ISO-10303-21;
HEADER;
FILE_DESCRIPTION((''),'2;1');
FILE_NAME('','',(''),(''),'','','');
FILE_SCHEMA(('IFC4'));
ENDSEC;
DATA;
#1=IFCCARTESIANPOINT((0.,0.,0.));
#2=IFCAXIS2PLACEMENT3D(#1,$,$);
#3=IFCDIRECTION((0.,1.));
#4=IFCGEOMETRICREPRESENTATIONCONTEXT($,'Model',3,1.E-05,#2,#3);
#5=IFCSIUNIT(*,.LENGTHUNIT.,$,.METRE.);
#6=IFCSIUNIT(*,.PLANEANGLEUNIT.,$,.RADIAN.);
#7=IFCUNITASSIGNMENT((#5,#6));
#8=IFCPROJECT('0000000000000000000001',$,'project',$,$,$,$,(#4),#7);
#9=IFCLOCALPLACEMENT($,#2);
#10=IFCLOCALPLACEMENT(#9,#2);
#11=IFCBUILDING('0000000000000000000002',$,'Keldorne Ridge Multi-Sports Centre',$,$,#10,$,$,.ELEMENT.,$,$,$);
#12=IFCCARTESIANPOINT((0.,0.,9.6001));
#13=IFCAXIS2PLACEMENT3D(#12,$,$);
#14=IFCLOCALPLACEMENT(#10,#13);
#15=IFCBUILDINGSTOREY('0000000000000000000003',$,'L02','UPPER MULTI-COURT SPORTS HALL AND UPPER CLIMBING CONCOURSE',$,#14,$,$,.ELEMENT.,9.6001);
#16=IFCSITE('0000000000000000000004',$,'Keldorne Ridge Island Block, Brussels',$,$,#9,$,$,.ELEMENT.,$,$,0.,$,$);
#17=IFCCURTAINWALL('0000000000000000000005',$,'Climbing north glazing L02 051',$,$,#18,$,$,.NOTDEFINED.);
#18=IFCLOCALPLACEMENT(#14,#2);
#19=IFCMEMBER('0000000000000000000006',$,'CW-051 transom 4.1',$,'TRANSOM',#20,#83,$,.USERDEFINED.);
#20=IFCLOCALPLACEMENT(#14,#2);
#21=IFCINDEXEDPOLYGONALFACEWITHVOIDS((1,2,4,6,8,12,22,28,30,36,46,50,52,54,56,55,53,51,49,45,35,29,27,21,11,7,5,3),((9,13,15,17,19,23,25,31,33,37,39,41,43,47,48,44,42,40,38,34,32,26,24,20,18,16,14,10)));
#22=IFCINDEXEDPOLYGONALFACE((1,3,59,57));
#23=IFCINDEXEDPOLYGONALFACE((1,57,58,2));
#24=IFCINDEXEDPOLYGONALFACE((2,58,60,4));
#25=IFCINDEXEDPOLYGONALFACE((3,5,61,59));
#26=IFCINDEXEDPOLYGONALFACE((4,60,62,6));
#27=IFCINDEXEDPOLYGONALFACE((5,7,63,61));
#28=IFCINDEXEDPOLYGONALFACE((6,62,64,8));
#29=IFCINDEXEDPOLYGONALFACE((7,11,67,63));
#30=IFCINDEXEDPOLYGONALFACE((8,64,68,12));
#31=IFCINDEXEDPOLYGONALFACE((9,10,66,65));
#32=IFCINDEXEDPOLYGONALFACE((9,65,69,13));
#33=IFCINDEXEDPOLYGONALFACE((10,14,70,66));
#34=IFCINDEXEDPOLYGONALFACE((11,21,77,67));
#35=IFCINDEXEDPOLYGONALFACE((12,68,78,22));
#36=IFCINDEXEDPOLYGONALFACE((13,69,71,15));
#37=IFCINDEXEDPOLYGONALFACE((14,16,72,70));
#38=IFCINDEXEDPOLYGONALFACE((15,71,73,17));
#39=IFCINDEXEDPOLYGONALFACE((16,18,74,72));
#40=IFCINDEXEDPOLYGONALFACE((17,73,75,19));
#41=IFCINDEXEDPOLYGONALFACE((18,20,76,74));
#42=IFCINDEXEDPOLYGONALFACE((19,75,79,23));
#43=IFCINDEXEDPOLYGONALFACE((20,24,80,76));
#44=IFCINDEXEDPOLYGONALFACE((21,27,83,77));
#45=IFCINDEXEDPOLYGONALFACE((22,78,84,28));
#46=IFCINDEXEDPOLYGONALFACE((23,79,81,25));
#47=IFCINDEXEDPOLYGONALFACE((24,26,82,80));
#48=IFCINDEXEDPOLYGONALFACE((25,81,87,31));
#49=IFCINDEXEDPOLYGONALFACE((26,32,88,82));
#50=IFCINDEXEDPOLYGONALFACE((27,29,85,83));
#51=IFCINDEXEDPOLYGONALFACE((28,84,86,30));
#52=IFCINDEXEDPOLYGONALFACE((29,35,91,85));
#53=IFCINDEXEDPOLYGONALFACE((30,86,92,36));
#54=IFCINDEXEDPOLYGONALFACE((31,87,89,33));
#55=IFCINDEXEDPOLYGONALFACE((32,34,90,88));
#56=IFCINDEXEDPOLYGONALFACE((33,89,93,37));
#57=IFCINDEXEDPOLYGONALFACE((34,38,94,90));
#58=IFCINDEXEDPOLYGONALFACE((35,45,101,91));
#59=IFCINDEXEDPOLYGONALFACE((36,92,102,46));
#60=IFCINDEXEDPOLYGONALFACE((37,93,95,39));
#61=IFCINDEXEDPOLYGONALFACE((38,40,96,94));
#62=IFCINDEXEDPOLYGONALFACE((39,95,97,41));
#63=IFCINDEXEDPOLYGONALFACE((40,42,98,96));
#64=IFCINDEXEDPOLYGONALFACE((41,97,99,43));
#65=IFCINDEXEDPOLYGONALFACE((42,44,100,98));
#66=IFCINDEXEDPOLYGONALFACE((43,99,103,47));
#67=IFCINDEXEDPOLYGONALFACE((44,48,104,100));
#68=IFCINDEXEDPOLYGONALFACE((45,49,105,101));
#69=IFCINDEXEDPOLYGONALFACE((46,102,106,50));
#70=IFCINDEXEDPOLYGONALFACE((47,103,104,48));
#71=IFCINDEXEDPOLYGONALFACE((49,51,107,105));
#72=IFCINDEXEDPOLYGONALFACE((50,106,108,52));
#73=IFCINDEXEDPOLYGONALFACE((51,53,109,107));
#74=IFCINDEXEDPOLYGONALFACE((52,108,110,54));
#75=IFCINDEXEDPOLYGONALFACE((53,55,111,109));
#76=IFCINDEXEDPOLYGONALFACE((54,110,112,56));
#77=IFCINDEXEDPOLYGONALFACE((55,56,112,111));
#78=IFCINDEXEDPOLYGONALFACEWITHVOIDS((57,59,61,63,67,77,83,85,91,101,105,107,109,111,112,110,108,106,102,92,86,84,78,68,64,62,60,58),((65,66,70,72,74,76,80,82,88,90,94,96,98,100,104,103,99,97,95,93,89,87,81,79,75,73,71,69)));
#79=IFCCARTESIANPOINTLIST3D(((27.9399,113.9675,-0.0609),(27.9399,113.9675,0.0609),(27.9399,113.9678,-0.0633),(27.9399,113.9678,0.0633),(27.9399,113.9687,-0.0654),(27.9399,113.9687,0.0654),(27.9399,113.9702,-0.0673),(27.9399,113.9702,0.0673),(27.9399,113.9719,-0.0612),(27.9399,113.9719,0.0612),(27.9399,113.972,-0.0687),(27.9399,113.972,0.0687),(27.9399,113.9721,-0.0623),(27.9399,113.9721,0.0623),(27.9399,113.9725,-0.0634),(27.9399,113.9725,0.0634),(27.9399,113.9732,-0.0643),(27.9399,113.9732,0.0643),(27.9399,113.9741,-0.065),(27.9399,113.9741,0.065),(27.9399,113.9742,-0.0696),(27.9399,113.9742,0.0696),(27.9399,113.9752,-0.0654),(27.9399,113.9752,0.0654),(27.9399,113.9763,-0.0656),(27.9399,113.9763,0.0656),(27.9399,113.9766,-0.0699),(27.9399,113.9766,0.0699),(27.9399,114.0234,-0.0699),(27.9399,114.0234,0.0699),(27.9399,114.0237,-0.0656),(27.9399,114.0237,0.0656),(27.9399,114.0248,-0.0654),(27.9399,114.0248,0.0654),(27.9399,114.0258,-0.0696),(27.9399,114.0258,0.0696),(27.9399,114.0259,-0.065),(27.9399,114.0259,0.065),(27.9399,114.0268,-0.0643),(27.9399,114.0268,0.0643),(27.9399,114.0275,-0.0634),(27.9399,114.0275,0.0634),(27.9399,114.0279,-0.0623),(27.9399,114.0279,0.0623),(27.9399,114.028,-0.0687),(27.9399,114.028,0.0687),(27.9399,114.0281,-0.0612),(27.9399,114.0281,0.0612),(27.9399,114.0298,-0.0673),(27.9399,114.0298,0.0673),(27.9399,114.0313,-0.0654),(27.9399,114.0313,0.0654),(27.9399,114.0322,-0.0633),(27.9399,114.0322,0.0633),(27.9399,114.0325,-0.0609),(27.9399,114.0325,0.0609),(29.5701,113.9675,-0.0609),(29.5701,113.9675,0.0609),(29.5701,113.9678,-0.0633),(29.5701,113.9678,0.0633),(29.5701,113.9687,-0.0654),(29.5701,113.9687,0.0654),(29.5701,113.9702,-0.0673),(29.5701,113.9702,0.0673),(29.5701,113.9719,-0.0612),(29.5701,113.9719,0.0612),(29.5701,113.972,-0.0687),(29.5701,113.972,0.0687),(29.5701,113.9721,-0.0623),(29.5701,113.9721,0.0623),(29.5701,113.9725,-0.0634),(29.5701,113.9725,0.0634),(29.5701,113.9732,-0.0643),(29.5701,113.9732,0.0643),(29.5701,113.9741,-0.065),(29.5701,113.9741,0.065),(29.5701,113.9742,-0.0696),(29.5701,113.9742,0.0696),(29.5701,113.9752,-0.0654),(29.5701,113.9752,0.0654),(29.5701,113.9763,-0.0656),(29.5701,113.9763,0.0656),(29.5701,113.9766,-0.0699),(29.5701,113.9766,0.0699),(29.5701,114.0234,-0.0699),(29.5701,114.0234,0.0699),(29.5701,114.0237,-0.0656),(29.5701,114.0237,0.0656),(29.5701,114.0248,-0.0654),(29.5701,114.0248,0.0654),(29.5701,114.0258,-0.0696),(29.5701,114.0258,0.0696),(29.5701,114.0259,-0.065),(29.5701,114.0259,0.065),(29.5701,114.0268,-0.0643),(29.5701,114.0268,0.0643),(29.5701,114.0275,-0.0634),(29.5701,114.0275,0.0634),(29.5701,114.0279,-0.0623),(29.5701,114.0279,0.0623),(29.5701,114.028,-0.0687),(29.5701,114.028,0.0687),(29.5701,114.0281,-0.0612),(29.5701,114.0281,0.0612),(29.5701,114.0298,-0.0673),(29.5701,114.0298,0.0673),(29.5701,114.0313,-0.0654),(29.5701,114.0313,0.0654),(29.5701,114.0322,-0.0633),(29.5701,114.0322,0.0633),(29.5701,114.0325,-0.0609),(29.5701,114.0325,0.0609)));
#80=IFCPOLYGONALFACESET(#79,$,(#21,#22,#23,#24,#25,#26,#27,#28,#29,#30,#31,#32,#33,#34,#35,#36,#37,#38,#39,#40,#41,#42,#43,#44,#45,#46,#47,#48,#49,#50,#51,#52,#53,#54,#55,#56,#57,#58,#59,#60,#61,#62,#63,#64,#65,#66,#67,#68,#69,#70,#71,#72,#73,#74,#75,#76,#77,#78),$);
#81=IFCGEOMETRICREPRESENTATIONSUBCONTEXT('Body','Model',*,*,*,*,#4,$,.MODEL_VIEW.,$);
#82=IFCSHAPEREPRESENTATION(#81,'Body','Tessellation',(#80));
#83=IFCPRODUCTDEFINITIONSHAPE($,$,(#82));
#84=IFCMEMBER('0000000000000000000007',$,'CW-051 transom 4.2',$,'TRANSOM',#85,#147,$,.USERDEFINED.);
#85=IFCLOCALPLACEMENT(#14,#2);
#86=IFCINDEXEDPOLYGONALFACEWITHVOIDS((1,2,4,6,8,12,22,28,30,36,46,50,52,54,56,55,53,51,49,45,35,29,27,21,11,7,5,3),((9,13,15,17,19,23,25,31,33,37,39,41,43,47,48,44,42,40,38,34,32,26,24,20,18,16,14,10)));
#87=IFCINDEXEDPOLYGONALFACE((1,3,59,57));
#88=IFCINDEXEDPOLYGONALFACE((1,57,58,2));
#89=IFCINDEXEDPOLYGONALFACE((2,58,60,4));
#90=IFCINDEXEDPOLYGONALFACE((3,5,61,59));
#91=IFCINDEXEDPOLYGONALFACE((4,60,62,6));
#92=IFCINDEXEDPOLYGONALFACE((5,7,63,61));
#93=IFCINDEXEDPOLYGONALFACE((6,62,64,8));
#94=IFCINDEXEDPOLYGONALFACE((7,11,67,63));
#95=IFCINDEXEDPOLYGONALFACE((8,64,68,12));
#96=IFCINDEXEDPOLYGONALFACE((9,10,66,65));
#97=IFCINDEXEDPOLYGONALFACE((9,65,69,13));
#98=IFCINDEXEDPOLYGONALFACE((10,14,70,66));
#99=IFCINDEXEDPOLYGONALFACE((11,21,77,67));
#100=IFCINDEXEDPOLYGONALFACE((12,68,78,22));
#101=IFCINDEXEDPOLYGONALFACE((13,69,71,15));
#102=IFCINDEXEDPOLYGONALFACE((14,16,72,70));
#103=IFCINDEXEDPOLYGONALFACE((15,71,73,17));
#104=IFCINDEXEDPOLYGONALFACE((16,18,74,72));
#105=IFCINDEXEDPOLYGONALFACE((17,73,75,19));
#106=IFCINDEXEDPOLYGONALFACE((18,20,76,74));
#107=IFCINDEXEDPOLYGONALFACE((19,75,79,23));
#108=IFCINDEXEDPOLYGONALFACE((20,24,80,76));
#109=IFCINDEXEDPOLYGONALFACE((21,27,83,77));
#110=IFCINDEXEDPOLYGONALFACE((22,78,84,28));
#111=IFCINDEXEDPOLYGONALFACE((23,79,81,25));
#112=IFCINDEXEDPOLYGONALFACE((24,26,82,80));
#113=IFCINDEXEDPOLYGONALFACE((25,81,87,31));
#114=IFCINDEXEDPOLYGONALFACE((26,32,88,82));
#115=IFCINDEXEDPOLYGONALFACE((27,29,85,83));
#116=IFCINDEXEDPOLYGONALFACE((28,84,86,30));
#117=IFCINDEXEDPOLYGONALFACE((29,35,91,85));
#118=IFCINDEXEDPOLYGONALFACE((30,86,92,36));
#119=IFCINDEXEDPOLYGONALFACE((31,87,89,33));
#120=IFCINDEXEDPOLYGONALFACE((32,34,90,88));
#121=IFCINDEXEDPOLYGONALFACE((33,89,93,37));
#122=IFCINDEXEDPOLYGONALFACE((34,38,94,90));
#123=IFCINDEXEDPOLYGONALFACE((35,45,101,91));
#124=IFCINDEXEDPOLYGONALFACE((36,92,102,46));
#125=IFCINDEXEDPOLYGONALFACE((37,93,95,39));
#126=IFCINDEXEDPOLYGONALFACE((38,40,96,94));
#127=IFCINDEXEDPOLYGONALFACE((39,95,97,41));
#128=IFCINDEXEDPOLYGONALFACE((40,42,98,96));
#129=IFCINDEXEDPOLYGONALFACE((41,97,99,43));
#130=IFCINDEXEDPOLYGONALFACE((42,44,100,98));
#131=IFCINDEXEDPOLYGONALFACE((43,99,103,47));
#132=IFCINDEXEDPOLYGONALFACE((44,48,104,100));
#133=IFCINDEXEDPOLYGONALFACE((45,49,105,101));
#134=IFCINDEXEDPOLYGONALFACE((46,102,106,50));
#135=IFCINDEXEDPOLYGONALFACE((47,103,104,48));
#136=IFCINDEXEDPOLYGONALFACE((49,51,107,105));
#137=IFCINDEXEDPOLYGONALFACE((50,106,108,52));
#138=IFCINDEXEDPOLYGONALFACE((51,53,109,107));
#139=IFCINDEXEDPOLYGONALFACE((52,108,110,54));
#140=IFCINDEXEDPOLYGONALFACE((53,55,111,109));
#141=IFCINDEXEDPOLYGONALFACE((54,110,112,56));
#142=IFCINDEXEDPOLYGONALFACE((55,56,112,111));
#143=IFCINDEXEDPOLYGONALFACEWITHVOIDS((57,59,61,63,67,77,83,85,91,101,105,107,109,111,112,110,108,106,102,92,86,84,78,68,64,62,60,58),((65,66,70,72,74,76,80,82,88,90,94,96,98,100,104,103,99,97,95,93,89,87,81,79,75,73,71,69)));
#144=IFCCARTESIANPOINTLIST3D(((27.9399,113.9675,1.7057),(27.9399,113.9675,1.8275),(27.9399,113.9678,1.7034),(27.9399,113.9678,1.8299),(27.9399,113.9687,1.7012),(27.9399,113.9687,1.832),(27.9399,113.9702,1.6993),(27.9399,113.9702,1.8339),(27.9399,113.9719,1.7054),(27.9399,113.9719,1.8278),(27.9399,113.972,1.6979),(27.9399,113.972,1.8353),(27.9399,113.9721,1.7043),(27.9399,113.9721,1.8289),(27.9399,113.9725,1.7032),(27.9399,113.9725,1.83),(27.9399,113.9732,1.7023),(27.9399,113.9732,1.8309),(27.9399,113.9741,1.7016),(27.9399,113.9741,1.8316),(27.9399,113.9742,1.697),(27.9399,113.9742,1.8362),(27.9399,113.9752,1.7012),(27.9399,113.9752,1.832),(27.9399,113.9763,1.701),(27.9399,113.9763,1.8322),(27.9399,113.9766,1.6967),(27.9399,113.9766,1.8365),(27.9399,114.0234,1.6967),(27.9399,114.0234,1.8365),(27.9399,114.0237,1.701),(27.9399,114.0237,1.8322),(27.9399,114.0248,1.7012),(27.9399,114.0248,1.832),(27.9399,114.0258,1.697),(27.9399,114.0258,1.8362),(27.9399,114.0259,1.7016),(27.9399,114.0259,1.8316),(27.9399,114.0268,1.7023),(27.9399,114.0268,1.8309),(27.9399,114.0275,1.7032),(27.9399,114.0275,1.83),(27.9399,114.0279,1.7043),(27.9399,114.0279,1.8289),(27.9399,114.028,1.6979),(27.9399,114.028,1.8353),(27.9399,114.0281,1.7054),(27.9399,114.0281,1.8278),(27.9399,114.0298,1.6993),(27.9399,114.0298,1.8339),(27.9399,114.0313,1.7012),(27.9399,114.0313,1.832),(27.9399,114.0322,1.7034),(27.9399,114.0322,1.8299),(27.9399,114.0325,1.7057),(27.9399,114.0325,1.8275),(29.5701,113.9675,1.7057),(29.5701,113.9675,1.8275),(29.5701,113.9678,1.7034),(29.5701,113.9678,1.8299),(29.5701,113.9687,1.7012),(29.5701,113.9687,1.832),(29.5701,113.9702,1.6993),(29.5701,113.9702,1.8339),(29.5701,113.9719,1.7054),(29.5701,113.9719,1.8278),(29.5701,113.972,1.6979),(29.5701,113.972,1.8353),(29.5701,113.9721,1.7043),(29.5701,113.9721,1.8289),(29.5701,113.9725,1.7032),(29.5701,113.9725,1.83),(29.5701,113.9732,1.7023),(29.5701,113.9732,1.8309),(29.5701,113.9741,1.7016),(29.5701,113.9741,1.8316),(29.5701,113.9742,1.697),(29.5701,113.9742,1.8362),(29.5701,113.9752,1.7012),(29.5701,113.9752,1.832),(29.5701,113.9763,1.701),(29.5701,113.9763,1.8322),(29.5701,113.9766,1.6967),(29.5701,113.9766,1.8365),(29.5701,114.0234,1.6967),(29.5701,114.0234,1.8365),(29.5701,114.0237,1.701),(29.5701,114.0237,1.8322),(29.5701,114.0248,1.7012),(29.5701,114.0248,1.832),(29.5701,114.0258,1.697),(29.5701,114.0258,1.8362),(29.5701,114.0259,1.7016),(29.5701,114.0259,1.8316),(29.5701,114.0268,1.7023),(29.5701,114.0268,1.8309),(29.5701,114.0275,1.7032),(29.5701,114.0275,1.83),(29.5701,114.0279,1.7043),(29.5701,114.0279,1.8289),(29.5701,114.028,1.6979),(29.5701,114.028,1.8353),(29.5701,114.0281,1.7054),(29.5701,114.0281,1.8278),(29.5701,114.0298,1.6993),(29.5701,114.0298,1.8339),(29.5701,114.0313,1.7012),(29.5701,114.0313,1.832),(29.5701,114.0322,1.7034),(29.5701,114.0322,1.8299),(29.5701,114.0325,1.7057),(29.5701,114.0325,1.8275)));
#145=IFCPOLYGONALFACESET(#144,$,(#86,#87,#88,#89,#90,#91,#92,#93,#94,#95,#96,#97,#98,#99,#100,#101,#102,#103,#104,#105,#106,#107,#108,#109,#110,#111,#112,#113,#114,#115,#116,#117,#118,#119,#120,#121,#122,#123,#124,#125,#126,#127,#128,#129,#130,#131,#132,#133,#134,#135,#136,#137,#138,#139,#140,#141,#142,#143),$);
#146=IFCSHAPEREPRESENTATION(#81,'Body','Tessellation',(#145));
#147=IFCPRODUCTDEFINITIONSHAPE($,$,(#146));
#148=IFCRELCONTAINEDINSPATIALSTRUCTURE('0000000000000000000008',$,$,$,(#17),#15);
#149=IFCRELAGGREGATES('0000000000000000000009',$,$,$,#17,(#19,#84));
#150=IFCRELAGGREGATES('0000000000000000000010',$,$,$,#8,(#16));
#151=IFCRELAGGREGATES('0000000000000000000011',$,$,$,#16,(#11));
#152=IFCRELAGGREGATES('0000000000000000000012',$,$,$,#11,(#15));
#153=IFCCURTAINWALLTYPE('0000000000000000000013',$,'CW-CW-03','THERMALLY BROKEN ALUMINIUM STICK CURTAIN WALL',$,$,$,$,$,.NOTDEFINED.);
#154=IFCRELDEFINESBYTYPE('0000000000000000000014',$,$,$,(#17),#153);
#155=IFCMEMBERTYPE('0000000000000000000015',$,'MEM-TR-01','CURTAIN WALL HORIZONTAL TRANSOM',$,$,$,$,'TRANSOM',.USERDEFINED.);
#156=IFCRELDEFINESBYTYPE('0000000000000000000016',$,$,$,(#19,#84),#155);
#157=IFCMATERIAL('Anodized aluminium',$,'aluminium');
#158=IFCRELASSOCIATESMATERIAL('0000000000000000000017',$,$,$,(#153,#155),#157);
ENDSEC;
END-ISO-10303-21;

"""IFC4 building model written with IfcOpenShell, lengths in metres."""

from ifc_helpers import new_model, si_unit, direction, frame, origin, origin_2d, place, context, subcontext, project, spatial, hollow_rectangle, extrude, material, material_profile, profile_set, type_object, element, aggregate, save


model = new_model("IFC4")

# Units and contexts
model_context = context("Model", 3, precision=1e-05, world=origin(), true_north=direction((0.0, 1.0)))
body_context = subcontext(model_context, "Body", "Model", "MODEL_VIEW")
ifc_project = project(units=[si_unit("LENGTHUNIT", "METRE"), si_unit("PLANEANGLEUNIT", "RADIAN")], contexts=[model_context])

# Site, building, storey
site_placement = place(None, origin())
site = spatial("IfcSite", under=ifc_project, at=site_placement, Name="Keldorne Ridge Island Block, Brussels", CompositionType="ELEMENT", RefElevation=0.0)
building_placement = place(site_placement, origin())
building = spatial("IfcBuilding", under=site, at=building_placement, Name="Keldorne Ridge Multi-Sports Centre", CompositionType="ELEMENT")
storey_placement = place(building_placement, frame((0.0, 0.0, 9.6001)))
storey = spatial("IfcBuildingStorey", under=building, at=storey_placement, Name="L02", Description="UPPER MULTI-COURT SPORTS HALL AND UPPER CLIMBING CONCOURSE", CompositionType="ELEMENT", Elevation=9.6001)

# Curtain wall
ifc_material_1 = material(Name="Anodized aluminium", Category="aluminium")
curtain_wall_type = type_object("IfcCurtainWallType", Name="CW-CW-03", Description="THERMALLY BROKEN ALUMINIUM STICK CURTAIN WALL", PredefinedType="NOTDEFINED", material=ifc_material_1)
curtain_wall_placement = place(storey_placement, origin())
curtain_wall = element("IfcCurtainWall", 1, at=curtain_wall_placement, inside=storey, type_object=curtain_wall_type, Name="Climbing north glazing L02 051", PredefinedType="NOTDEFINED")

# Members
ifc_material_profile_1 = material_profile(ifc_material_1, hollow_rectangle(XDim=0.0649, YDim=0.1399, WallThickness=0.0044, InnerFilletRadius=0.0044, OuterFilletRadius=0.009, at=origin_2d()), Name="ALU TRANSOM 140x65x4.5")
ifc_profile_set_1 = profile_set([ifc_material_profile_1], Name="Anodized aluminium")
member_type_1 = type_object("IfcMemberType", Name="MEM-TR-01", Description="CURTAIN WALL HORIZONTAL TRANSOM", ElementType="TRANSOM", PredefinedType="USERDEFINED", material=ifc_profile_set_1)
member_1_placement = place(storey_placement, frame((29.5701, 114.0, 0.0), z_axis=(-1.0, 0.0, 0.0), x_axis=(0.0, -1.0, 0.0)))
member_1 = element("IfcMember", 2, at=member_1_placement, type_object=member_type_1, Name="CW-051 transom 4.1", ObjectType="TRANSOM", PredefinedType="USERDEFINED", context=body_context, shape_type="SweptSolid", body=[
    extrude(hollow_rectangle(XDim=0.0649, YDim=0.1399, WallThickness=0.0044, InnerFilletRadius=0.0044, OuterFilletRadius=0.009, at=origin_2d()), origin(), (0.0, 0.0, 1.0), 1.6301),
])
member_2_placement = place(storey_placement, frame((29.5701, 114.0, 1.7666), z_axis=(-1.0, 0.0, 0.0), x_axis=(0.0, -1.0, 0.0)))
member_2 = element("IfcMember", 3, at=member_2_placement, type_object=member_type_1, Name="CW-051 transom 4.2", ObjectType="TRANSOM", PredefinedType="USERDEFINED", context=body_context, shape_type="SweptSolid", body=[
    extrude(hollow_rectangle(XDim=0.0649, YDim=0.1399, WallThickness=0.0044, InnerFilletRadius=0.0044, OuterFilletRadius=0.009, at=origin_2d()), origin(), (0.0, 0.0, 1.0), 1.6301),
])

aggregate(curtain_wall, [member_1, member_2])

save(model, "model.ifc")
